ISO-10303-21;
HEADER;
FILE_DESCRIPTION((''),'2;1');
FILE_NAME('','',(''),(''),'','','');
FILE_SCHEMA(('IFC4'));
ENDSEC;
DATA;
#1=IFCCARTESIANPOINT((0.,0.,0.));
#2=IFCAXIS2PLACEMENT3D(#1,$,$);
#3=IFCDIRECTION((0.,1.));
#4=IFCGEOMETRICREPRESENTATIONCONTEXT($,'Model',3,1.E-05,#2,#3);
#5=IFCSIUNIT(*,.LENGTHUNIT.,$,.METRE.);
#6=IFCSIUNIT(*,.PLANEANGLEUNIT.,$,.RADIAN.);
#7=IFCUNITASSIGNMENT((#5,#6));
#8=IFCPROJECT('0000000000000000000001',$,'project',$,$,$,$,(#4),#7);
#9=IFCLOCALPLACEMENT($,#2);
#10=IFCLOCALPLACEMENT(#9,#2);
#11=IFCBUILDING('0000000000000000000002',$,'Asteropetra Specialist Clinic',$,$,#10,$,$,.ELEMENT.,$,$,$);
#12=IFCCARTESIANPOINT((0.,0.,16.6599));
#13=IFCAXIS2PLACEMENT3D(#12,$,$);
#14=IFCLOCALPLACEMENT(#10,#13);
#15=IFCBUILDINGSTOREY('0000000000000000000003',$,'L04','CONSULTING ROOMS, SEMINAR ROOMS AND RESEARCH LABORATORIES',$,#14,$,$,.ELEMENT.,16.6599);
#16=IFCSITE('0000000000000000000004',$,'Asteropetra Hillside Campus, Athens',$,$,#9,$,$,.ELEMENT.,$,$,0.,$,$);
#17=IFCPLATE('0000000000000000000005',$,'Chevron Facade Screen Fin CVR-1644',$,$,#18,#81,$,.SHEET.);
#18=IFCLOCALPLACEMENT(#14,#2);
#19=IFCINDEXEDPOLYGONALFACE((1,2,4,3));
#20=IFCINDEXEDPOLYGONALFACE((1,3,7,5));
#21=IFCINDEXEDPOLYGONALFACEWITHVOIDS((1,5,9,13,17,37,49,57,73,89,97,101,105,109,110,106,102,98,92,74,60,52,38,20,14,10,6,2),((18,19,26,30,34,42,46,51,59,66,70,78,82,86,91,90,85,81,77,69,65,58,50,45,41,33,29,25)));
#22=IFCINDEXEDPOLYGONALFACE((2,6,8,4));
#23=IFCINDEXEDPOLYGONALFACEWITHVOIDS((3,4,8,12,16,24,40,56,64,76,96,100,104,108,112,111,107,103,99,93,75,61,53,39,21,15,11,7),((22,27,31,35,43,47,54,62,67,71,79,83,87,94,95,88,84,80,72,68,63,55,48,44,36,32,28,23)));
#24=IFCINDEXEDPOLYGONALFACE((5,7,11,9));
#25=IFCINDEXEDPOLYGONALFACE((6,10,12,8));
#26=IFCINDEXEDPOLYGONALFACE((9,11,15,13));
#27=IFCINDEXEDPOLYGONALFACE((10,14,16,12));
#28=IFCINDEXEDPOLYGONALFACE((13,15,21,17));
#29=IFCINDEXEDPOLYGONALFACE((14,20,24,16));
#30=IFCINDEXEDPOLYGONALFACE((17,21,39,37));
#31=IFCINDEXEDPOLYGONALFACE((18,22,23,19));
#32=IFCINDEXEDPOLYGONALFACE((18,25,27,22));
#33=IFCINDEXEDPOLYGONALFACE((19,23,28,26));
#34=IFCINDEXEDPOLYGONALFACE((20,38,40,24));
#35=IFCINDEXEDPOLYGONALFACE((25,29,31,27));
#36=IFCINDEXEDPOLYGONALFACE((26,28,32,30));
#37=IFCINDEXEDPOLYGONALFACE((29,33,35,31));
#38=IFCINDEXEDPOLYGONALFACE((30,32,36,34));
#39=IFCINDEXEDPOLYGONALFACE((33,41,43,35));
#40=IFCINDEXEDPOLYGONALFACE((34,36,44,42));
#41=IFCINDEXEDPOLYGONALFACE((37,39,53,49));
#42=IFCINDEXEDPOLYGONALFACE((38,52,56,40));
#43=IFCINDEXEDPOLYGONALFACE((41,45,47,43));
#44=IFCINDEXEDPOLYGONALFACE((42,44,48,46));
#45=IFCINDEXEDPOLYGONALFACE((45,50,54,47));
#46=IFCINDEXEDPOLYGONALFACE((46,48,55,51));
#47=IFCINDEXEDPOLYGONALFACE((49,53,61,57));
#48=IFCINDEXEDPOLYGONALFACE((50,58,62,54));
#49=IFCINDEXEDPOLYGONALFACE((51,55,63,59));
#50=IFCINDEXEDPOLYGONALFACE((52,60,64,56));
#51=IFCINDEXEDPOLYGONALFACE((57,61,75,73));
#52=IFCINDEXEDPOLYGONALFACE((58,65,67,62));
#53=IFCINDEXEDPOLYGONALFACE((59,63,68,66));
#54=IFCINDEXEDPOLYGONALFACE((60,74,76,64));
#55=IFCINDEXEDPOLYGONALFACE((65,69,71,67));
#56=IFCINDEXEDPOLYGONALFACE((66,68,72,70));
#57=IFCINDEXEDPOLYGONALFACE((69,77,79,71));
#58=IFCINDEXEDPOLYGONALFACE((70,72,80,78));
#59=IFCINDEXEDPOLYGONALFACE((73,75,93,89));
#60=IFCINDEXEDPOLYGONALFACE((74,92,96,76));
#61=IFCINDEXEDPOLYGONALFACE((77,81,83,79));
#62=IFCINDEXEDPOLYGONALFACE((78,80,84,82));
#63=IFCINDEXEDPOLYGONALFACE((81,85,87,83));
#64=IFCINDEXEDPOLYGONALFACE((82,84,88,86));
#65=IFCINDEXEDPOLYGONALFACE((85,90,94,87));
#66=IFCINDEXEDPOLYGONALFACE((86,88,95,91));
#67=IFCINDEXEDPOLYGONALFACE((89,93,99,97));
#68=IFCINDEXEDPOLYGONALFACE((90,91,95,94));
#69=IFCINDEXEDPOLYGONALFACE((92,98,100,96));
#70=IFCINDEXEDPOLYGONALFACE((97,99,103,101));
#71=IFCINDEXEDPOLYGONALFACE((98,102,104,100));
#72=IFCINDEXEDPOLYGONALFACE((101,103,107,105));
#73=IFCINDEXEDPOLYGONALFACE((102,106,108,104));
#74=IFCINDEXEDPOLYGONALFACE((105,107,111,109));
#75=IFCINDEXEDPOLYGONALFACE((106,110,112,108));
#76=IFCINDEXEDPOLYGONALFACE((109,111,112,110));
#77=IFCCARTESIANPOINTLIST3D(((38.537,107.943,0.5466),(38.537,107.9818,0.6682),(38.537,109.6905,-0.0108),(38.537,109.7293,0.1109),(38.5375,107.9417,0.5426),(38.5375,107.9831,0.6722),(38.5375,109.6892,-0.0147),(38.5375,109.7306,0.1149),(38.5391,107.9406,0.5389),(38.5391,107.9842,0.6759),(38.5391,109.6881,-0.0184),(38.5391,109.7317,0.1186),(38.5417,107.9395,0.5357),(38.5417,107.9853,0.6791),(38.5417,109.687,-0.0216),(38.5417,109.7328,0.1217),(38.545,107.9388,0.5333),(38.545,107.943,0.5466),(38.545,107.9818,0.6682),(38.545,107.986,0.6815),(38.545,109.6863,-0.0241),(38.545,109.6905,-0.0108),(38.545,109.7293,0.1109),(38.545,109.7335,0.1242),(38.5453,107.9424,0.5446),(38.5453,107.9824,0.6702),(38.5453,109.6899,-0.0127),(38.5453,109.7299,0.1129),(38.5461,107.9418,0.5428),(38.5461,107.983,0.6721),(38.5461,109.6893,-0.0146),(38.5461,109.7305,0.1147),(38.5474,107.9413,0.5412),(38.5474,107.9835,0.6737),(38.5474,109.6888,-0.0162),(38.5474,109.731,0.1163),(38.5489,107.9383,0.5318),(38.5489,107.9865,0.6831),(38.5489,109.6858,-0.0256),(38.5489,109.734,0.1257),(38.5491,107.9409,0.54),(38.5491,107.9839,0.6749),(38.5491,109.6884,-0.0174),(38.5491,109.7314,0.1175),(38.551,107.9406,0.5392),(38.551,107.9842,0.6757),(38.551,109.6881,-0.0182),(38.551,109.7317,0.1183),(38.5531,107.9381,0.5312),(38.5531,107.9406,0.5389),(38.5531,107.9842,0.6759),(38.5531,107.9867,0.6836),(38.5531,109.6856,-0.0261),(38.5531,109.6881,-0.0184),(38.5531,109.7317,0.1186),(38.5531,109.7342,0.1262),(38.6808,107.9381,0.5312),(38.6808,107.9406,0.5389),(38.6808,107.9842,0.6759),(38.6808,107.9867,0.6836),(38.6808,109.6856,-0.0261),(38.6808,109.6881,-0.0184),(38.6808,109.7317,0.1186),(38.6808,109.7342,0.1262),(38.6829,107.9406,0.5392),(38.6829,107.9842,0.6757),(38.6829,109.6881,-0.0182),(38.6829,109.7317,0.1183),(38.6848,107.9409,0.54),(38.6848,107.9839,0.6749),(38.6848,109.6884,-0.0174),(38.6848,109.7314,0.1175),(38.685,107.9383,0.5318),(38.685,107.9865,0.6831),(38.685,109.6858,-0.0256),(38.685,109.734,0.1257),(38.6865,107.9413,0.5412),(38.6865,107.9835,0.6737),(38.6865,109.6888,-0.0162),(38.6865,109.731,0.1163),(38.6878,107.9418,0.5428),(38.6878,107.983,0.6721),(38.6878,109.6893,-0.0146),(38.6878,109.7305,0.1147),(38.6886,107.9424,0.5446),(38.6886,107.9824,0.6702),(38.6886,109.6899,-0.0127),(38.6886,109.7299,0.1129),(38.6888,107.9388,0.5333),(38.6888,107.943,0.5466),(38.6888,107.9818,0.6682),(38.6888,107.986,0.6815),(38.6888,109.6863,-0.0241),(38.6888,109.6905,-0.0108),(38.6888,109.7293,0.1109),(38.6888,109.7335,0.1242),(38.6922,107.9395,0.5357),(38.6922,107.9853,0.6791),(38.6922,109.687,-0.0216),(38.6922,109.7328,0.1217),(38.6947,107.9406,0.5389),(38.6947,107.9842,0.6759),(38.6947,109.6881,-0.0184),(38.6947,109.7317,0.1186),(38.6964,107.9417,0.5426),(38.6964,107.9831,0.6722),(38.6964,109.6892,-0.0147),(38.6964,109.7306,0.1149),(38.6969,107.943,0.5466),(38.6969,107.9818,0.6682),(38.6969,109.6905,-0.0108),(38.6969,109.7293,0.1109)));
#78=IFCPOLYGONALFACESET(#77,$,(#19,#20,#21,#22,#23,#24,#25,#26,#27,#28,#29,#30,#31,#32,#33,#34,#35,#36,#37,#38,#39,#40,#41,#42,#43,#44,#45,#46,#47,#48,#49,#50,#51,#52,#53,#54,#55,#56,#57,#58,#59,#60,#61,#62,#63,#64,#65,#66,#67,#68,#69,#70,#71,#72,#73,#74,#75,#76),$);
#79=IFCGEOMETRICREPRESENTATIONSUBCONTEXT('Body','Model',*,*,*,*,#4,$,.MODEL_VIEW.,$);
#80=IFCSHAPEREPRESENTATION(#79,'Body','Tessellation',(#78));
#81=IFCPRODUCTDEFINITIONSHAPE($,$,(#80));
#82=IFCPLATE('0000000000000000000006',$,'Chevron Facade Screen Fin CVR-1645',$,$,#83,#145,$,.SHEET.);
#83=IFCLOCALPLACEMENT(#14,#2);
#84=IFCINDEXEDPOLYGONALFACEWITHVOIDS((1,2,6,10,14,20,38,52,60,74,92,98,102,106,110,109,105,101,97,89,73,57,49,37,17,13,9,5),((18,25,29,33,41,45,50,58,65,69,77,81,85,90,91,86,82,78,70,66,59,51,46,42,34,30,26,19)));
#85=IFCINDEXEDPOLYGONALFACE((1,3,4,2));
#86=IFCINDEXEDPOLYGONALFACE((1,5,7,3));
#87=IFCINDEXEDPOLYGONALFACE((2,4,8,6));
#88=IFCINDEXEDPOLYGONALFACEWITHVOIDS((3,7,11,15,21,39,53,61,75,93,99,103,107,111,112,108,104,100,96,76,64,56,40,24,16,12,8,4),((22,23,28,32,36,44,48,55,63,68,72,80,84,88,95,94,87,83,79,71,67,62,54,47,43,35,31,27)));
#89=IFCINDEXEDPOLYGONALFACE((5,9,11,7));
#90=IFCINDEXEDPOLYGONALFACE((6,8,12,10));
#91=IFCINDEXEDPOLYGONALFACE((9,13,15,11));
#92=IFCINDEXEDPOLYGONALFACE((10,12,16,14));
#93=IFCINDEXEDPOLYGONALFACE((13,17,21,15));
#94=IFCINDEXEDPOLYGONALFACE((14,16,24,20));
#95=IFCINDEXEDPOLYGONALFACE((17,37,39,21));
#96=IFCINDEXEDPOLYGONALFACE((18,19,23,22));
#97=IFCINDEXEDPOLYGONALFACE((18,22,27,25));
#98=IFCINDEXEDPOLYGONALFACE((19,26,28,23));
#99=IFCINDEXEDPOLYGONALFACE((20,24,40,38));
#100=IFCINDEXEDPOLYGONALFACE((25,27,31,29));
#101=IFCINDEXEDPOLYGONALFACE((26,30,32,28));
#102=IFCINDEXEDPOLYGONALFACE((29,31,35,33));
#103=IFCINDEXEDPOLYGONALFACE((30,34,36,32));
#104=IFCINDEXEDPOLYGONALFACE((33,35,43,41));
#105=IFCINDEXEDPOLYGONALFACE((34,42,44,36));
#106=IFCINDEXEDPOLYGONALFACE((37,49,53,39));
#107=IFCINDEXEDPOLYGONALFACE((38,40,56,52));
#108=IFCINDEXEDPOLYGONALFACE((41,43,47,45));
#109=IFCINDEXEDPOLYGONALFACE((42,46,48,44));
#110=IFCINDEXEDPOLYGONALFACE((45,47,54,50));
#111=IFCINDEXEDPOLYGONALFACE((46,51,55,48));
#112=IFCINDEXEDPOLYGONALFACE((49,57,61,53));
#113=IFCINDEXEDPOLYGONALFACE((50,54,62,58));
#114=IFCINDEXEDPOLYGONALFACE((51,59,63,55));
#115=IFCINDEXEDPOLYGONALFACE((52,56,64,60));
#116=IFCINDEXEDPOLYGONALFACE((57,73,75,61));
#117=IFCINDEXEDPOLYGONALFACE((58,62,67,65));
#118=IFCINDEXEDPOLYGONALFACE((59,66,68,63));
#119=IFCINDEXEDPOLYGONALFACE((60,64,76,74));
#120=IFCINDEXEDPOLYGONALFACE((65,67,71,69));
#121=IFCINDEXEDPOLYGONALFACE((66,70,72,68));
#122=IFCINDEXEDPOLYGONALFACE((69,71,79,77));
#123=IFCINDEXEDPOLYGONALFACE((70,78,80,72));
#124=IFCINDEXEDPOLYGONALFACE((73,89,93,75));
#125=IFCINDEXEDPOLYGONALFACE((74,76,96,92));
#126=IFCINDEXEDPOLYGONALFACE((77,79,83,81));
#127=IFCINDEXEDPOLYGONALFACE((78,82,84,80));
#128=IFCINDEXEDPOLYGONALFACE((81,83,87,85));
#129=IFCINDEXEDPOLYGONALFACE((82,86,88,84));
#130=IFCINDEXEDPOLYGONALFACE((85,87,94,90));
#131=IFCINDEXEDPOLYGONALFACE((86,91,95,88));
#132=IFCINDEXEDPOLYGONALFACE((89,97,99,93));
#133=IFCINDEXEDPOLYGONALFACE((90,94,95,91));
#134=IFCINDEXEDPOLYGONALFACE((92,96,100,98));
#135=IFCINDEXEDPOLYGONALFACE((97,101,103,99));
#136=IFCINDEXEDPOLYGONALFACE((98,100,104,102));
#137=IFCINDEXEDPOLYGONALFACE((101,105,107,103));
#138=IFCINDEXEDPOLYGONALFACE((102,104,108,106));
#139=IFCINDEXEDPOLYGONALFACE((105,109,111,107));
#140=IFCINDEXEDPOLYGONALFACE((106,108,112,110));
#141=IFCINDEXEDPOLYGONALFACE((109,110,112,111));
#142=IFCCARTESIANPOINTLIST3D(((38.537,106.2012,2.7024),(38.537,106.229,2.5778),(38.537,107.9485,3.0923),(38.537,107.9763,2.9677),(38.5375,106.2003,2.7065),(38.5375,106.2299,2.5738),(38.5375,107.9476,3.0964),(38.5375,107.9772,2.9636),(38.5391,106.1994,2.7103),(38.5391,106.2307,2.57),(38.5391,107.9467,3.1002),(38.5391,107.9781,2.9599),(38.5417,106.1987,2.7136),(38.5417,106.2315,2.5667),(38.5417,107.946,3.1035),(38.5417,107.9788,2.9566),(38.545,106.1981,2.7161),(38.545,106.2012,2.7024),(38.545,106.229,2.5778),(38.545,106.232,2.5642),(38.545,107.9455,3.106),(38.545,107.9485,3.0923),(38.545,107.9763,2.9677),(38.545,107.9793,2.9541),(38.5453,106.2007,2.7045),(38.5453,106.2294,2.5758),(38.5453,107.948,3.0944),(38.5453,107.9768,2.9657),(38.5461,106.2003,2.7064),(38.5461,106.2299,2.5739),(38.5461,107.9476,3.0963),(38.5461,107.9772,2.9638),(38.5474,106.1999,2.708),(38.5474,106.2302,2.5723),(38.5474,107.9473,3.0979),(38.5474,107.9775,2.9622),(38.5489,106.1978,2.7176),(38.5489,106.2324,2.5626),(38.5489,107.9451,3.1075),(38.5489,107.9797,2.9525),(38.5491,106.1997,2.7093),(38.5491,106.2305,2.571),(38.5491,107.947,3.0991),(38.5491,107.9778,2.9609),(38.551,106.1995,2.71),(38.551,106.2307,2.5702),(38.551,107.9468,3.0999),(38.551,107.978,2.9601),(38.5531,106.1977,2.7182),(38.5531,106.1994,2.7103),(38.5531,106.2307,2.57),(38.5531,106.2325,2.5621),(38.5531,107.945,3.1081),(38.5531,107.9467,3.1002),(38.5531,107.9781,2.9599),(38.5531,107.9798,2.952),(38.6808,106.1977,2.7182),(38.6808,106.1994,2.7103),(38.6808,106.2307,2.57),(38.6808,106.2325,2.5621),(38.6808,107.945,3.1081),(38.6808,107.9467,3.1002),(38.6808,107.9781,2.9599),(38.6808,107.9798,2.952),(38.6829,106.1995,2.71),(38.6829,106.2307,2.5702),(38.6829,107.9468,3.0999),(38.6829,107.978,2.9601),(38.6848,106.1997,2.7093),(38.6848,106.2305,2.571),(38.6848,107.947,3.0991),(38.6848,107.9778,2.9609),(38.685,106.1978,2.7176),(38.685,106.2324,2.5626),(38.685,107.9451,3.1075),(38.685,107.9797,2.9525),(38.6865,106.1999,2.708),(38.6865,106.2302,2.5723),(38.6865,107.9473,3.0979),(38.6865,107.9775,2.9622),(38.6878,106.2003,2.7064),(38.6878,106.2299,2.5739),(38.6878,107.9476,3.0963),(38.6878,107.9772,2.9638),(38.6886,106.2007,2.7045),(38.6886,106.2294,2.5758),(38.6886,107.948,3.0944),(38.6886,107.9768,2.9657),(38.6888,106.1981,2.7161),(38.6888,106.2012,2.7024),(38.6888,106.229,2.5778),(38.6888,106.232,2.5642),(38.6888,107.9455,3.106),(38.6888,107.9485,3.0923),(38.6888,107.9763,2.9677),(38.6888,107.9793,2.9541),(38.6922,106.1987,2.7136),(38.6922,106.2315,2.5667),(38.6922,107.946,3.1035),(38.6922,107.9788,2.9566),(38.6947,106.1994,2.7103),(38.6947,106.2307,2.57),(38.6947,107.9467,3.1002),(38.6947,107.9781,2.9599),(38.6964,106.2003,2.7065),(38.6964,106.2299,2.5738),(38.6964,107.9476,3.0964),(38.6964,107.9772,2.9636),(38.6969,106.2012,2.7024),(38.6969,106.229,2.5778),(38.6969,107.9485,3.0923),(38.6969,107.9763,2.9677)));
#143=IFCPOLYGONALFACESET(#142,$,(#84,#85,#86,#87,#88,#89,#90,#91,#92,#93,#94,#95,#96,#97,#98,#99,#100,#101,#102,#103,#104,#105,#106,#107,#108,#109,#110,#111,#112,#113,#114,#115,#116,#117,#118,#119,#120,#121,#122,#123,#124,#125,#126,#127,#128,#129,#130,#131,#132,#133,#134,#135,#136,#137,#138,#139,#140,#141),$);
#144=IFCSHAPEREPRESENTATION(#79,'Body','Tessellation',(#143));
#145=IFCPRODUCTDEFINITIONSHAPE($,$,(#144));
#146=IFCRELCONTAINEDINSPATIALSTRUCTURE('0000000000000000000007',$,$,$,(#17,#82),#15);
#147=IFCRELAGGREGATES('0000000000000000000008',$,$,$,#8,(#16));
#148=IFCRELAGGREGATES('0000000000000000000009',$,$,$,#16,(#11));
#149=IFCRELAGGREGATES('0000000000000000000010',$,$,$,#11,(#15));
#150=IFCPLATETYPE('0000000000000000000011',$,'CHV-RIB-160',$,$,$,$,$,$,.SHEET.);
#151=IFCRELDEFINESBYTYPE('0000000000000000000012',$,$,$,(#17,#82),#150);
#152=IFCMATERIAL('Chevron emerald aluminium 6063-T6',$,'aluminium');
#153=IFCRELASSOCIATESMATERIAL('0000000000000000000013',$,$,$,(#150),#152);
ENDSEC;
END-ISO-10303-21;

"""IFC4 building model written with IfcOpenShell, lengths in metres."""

from ifc_helpers import new_model, si_unit, direction, frame, origin, origin_2d, place, context, subcontext, project, spatial, hollow_rectangle, extrude, material, material_profile, profile_set, type_object, element, save


model = new_model("IFC4")

# Units and contexts
model_context = context("Model", 3, precision=1e-05, world=origin(), true_north=direction((0.0, 1.0)))
body_context = subcontext(model_context, "Body", "Model", "MODEL_VIEW")
ifc_project = project(units=[si_unit("LENGTHUNIT", "METRE"), si_unit("PLANEANGLEUNIT", "RADIAN")], contexts=[model_context])

# Site, building, storey
site_placement = place(None, origin())
site = spatial("IfcSite", under=ifc_project, at=site_placement, Name="Asteropetra Hillside Campus, Athens", CompositionType="ELEMENT", RefElevation=0.0)
building_placement = place(site_placement, origin())
building = spatial("IfcBuilding", under=site, at=building_placement, Name="Asteropetra Specialist Clinic", CompositionType="ELEMENT")
storey_placement = place(building_placement, frame((0.0, 0.0, 16.6599)))
storey = spatial("IfcBuildingStorey", under=building, at=storey_placement, Name="L04", Description="CONSULTING ROOMS, SEMINAR ROOMS AND RESEARCH LABORATORIES", CompositionType="ELEMENT", Elevation=16.6599)

# Plates
ifc_material_1 = material(Name="Chevron emerald aluminium 6063-T6", Category="aluminium")
ifc_material_profile_1 = material_profile(ifc_material_1, hollow_rectangle(XDim=0.1599, YDim=0.1599, WallThickness=0.0081, InnerFilletRadius=0.0081, OuterFilletRadius=0.0161, at=origin_2d()), Name="SHS 160x160x8.0")
ifc_profile_set_1 = profile_set([ifc_material_profile_1], Name="Chevron emerald aluminium 6063-T6")
plate_type = type_object("IfcPlateType", Name="CHV-RIB-160", PredefinedType="SHEET", material=ifc_profile_set_1)
plate_1_placement = place(storey_placement, frame((38.6169, 107.9624, 0.6074), z_axis=(0.0, 0.952716, -0.303863), x_axis=(-1.0, 0.0, 0.0)))
element("IfcPlate", 1, at=plate_1_placement, inside=storey, type_object=plate_type, Name="Chevron Facade Screen Fin CVR-1644", PredefinedType="SHEET", context=body_context, shape_type="SweptSolid", body=[
    extrude(hollow_rectangle(XDim=0.1599, YDim=0.1599, WallThickness=0.0081, InnerFilletRadius=0.0081, OuterFilletRadius=0.0161, at=origin_2d()), origin(), (0.0, 0.0, 1.0), 1.8342),
])
plate_2_placement = place(storey_placement, frame((38.6169, 106.2151, 2.6401), z_axis=(0.0, 0.975997, 0.217782), x_axis=(-1.0, 0.0, 0.0)))
element("IfcPlate", 2, at=plate_2_placement, inside=storey, type_object=plate_type, Name="Chevron Facade Screen Fin CVR-1645", PredefinedType="SHEET", context=body_context, shape_type="SweptSolid", body=[
    extrude(hollow_rectangle(XDim=0.1599, YDim=0.1599, WallThickness=0.0081, InnerFilletRadius=0.0081, OuterFilletRadius=0.0161, at=origin_2d()), origin(), (0.0, 0.0, 1.0), 1.7903),
])

save(model, "model.ifc")
